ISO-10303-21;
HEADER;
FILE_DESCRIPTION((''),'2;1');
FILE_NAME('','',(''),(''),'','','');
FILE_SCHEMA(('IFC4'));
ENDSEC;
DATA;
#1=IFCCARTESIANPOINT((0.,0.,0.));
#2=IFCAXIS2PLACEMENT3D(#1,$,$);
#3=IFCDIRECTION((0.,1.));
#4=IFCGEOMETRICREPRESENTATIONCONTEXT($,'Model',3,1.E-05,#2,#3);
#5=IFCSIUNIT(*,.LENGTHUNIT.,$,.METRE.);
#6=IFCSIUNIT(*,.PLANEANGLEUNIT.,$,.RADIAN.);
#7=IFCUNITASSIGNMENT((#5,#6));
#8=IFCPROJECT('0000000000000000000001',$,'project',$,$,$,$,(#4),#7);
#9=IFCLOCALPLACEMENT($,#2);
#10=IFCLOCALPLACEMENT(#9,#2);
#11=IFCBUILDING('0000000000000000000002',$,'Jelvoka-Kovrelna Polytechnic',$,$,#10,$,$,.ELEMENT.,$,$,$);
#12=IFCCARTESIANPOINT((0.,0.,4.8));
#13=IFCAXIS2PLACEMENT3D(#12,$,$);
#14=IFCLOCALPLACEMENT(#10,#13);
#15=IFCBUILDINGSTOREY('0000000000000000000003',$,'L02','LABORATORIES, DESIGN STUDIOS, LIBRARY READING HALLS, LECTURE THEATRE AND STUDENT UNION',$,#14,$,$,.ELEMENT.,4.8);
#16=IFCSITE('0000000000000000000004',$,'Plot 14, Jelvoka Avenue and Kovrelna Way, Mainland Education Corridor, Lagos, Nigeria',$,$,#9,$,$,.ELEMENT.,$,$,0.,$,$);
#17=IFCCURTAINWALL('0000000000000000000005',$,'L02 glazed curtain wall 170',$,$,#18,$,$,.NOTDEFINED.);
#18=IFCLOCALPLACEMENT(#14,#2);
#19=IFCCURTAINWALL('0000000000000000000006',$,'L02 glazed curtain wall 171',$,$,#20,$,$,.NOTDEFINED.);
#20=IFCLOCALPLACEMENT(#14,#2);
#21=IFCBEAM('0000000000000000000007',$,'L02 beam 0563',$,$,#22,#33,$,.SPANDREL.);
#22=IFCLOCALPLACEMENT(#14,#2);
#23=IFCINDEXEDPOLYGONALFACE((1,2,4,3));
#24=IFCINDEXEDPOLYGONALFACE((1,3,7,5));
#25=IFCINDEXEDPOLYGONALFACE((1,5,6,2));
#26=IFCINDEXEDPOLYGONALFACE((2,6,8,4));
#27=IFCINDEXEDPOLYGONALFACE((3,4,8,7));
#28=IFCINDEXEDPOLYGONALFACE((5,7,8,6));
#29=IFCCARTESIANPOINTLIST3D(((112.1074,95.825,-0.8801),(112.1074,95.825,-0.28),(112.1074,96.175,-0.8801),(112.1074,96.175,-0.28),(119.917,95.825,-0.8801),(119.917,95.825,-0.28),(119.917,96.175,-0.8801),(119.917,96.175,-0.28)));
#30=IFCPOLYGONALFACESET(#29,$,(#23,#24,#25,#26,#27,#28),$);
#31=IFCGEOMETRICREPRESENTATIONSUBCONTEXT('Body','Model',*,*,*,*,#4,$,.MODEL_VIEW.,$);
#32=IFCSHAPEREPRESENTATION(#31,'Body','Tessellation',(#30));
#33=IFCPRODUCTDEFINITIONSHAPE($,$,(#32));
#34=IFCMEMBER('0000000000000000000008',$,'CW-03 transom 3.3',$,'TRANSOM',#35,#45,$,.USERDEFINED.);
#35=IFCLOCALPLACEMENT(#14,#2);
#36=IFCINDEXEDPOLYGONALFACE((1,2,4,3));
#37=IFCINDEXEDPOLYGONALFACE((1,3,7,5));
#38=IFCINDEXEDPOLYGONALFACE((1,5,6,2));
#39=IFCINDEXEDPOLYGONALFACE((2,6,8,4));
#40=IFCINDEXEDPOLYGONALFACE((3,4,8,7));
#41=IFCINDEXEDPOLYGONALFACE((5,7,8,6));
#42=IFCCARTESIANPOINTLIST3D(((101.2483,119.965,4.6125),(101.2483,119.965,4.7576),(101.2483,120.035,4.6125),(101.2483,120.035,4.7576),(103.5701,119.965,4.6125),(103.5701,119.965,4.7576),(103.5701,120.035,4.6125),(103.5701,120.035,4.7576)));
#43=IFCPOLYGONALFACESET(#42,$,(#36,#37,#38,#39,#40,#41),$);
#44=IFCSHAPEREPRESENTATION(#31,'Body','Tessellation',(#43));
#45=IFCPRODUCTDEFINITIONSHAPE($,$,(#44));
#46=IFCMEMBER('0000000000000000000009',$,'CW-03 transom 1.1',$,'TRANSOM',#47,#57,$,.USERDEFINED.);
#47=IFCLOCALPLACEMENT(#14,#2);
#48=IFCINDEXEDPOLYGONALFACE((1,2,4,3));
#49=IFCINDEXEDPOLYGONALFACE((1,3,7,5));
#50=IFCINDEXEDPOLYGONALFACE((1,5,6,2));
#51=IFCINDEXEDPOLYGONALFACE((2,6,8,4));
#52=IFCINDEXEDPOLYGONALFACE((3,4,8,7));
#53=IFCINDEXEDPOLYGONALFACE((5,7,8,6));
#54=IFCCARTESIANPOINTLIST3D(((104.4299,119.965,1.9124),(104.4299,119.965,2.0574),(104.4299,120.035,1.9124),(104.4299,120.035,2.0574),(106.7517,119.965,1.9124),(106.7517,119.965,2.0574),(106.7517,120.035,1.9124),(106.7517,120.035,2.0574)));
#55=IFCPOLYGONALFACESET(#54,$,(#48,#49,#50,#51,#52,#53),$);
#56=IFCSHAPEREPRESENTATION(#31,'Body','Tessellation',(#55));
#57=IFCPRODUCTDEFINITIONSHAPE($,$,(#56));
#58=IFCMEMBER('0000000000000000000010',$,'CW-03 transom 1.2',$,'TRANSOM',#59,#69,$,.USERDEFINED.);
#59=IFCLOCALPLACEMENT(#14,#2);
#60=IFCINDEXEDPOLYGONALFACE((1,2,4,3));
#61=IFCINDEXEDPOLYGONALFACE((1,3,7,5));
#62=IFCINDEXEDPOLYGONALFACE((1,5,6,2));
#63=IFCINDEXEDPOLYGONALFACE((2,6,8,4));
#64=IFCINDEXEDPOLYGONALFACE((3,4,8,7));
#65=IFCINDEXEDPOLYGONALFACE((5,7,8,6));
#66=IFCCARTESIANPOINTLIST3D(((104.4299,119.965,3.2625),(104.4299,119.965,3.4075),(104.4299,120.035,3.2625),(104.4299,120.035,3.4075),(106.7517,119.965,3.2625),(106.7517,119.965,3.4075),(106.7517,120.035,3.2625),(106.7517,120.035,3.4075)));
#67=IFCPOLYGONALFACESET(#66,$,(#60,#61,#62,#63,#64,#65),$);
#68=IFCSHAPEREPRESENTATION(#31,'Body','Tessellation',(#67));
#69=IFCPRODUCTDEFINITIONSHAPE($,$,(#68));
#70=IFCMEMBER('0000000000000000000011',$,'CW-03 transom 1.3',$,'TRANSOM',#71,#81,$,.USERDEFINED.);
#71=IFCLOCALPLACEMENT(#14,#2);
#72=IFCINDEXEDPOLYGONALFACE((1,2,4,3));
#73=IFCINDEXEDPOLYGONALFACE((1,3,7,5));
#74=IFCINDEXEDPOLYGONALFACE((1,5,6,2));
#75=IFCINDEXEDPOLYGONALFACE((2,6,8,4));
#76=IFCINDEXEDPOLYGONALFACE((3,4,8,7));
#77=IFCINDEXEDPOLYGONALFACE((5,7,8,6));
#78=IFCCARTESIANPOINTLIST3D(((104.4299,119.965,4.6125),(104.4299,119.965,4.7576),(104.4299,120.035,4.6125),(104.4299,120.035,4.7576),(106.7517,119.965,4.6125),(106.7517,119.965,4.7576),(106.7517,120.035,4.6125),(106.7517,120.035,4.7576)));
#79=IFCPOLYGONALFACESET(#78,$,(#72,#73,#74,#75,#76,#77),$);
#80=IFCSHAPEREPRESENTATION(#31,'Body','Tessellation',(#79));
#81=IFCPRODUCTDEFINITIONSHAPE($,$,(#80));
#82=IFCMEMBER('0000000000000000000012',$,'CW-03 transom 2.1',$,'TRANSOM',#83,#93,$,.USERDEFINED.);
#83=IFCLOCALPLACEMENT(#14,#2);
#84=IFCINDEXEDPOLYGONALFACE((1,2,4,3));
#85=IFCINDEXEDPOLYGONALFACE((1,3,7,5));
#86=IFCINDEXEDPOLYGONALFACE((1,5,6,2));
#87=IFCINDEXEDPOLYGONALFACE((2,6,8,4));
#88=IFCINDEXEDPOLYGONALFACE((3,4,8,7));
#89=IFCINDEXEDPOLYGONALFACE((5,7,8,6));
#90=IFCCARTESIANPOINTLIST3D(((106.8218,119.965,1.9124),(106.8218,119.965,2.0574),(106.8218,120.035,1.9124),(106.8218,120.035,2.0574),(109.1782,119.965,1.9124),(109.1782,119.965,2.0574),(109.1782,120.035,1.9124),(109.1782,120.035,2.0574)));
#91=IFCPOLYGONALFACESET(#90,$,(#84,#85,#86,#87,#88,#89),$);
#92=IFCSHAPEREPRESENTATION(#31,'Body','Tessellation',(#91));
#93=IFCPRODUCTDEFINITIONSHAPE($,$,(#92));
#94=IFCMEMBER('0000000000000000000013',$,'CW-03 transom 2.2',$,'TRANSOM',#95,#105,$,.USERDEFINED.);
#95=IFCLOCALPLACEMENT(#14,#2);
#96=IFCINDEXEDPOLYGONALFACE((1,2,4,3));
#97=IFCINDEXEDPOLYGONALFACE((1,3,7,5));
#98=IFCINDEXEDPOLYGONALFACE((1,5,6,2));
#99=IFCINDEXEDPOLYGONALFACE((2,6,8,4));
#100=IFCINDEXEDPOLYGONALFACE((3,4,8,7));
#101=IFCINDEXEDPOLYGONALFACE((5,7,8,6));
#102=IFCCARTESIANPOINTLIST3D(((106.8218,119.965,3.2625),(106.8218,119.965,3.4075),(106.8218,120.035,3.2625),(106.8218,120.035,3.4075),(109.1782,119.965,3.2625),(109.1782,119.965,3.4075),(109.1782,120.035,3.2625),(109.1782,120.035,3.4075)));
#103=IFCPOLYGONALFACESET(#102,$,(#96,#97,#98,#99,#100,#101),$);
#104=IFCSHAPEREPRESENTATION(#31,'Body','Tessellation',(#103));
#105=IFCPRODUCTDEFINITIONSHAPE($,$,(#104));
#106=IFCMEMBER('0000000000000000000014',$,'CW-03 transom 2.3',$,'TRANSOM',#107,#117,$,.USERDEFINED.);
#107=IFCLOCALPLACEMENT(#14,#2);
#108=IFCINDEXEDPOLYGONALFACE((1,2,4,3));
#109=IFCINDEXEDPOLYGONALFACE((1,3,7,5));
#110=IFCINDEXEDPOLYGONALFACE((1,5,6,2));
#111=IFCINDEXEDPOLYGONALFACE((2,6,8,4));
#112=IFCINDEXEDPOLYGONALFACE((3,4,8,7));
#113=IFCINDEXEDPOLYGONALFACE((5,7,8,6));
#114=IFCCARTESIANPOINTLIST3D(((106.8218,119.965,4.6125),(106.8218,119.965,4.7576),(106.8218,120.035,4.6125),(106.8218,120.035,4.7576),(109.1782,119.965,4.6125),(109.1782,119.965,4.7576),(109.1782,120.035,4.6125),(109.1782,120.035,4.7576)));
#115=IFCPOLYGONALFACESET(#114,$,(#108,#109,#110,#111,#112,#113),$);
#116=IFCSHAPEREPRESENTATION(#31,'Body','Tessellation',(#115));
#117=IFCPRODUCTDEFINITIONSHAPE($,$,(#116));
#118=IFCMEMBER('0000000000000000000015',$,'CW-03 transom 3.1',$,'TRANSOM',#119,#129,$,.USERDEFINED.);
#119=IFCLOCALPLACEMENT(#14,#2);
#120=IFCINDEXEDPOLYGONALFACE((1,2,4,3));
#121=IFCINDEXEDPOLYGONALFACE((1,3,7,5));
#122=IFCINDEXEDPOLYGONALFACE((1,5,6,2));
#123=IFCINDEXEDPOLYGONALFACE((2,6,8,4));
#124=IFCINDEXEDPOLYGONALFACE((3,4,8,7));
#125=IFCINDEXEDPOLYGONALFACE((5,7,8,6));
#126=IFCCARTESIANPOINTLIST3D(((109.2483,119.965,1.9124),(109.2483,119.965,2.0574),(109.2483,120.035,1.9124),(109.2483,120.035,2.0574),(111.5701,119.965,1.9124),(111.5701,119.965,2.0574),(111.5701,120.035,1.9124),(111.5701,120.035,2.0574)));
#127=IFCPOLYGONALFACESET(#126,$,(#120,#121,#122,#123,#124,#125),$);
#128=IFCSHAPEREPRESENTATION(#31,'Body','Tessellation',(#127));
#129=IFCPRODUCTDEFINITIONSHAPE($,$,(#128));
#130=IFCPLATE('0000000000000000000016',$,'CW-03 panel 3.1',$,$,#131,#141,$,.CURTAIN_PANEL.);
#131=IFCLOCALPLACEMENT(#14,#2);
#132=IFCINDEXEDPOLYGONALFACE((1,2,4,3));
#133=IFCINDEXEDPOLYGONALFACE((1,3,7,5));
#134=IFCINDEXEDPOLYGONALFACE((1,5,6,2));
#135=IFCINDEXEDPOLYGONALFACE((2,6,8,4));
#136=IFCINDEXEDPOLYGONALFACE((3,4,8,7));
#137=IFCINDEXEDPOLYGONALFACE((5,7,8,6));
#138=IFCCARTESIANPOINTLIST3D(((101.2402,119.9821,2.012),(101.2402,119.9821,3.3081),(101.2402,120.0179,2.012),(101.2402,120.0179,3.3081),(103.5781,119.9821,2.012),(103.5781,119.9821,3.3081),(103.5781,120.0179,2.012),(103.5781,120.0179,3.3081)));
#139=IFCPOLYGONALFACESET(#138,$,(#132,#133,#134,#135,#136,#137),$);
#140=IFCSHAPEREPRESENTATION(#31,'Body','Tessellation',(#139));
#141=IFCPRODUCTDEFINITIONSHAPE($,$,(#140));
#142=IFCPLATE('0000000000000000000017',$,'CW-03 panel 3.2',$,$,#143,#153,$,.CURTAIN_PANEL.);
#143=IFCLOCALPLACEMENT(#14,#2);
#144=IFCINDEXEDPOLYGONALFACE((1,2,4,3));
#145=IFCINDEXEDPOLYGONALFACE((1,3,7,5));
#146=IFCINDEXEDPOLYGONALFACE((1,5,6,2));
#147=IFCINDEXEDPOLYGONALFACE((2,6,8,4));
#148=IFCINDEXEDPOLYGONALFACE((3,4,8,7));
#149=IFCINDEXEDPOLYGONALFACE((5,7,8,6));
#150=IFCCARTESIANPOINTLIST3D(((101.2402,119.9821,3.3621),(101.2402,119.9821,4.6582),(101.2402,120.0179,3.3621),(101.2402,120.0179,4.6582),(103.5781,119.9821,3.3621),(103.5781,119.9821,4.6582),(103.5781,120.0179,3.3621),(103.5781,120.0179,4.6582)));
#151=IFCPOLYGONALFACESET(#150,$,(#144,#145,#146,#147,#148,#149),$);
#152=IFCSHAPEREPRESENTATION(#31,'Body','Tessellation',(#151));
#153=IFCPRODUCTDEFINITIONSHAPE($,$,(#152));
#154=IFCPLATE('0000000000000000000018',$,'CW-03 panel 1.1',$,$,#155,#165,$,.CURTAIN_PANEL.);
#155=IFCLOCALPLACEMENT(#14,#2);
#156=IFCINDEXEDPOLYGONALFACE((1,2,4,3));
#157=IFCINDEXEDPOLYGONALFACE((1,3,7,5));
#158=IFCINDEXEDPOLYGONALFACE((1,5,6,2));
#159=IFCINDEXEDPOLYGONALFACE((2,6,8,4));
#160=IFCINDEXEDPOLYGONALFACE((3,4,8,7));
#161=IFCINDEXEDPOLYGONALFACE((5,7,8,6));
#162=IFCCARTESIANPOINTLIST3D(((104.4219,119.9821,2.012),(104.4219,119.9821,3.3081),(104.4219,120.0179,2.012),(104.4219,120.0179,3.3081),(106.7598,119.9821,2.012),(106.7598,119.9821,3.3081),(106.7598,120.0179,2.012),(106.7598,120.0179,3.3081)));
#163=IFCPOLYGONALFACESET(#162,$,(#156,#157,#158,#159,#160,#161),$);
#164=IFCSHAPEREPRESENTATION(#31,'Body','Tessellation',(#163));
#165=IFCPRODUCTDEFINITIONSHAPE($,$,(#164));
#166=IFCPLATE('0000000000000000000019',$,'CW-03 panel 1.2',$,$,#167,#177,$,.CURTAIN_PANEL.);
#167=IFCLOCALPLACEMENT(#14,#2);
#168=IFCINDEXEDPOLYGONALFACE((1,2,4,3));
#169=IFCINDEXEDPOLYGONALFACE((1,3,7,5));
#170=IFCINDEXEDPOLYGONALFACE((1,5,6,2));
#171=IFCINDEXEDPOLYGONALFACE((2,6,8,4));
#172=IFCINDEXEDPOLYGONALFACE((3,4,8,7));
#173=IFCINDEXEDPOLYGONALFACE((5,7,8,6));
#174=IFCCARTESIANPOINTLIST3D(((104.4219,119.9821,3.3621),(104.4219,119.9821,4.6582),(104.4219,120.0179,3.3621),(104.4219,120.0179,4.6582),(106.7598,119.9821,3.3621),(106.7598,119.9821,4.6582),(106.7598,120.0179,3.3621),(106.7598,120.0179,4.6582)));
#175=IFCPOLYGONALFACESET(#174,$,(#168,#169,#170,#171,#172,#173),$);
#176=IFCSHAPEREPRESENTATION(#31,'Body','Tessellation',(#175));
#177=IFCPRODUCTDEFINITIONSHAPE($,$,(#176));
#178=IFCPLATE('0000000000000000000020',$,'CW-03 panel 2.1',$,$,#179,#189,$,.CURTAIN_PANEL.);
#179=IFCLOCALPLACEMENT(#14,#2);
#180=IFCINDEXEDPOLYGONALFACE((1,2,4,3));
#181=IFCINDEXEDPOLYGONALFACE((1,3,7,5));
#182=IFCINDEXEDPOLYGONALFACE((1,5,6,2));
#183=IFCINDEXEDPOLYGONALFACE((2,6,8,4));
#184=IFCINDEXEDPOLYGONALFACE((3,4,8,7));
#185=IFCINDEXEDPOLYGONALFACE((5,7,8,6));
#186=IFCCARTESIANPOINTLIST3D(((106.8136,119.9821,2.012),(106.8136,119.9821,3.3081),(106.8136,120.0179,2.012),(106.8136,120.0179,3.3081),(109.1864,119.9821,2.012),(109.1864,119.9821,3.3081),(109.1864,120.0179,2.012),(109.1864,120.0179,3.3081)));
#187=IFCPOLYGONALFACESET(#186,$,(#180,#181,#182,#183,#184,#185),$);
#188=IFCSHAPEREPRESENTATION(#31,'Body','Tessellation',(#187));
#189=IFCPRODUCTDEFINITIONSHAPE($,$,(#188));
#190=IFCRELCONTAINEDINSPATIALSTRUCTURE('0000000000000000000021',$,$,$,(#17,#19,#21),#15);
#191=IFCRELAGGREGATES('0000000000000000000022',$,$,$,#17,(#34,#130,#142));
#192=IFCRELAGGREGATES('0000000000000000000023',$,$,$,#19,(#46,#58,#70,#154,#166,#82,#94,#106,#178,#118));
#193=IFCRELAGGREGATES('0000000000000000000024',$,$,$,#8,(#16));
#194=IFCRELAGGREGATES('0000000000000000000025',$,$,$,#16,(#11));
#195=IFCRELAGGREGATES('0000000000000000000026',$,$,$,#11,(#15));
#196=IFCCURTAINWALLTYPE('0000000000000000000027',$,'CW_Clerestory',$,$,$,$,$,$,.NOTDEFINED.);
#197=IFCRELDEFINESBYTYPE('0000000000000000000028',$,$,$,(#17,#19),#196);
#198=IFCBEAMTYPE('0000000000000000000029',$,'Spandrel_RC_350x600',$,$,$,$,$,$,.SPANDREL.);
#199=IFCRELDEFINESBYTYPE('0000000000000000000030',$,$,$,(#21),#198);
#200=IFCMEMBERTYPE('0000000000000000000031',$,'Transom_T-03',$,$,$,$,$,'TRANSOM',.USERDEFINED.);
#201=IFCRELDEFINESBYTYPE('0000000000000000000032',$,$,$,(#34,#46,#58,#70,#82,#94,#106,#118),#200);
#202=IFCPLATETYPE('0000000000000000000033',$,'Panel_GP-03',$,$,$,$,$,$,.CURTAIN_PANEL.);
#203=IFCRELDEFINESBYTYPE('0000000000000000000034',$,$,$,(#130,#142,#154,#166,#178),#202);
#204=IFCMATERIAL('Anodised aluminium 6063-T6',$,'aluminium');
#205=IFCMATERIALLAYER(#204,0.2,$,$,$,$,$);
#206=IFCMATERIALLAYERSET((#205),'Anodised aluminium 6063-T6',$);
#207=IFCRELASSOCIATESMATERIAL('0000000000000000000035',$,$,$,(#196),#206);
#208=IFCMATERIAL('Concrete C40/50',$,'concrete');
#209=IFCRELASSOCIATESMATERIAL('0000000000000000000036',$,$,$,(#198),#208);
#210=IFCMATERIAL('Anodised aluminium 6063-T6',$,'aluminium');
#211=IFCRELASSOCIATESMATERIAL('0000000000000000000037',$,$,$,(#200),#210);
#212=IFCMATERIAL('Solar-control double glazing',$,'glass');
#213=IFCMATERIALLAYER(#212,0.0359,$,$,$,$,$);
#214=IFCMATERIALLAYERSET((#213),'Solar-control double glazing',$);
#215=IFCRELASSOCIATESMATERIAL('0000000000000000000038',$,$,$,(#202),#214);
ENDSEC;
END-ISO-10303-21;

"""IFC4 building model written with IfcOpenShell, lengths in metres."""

from ifc_helpers import new_model, si_unit, direction, frame, origin, origin_2d, place, context, subcontext, project, spatial, rectangle, extrude, material, layer, layer_set, material_profile, profile_set, type_object, element, aggregate, save


model = new_model("IFC4")

# Units and contexts
model_context = context("Model", 3, precision=1e-05, world=origin(), true_north=direction((0.0, 1.0)))
body_context = subcontext(model_context, "Body", "Model", "MODEL_VIEW")
ifc_project = project(units=[si_unit("LENGTHUNIT", "METRE"), si_unit("PLANEANGLEUNIT", "RADIAN")], contexts=[model_context])

# Site, building, storey
site_placement = place(None, origin())
site = spatial("IfcSite", under=ifc_project, at=site_placement, Name="Plot 14, Jelvoka Avenue and Kovrelna Way, Mainland Education Corridor, Lagos, Nigeria", CompositionType="ELEMENT", RefElevation=0.0)
building_placement = place(site_placement, origin())
building = spatial("IfcBuilding", under=site, at=building_placement, Name="Jelvoka-Kovrelna Polytechnic", CompositionType="ELEMENT")
storey_placement = place(building_placement, frame((0.0, 0.0, 4.8)))
storey = spatial("IfcBuildingStorey", under=building, at=storey_placement, Name="L02", Description="LABORATORIES, DESIGN STUDIOS, LIBRARY READING HALLS, LECTURE THEATRE AND STUDENT UNION", CompositionType="ELEMENT", Elevation=4.8)

# Curtain wall
ifc_material_1 = material(Name="Anodised aluminium 6063-T6", Category="aluminium")
ifc_layer_1 = layer(ifc_material_1, 0.2)
ifc_layer_set_1 = layer_set([ifc_layer_1], Name="Anodised aluminium 6063-T6")
curtain_wall_type = type_object("IfcCurtainWallType", Name="CW_Clerestory", PredefinedType="NOTDEFINED", material=ifc_layer_set_1)
curtain_wall_1_placement = place(storey_placement, origin())
curtain_wall_1 = element("IfcCurtainWall", 1, at=curtain_wall_1_placement, inside=storey, type_object=curtain_wall_type, Name="L02 glazed curtain wall 170", PredefinedType="NOTDEFINED")

# Curtain wall
curtain_wall_2_placement = place(storey_placement, origin())
curtain_wall_2 = element("IfcCurtainWall", 2, at=curtain_wall_2_placement, inside=storey, type_object=curtain_wall_type, Name="L02 glazed curtain wall 171", PredefinedType="NOTDEFINED")

# Beam
ifc_material_2 = material(Name="Concrete C40/50", Category="concrete")
ifc_material_profile_1 = material_profile(ifc_material_2, rectangle(XDim=0.3501, YDim=0.6001, at=origin_2d()), Name="RC 350x600")
ifc_profile_set_1 = profile_set([ifc_material_profile_1], Name="Concrete C40/50")
beam_type_1 = type_object("IfcBeamType", Name="Spandrel_RC_350x600", PredefinedType="SPANDREL", material=ifc_profile_set_1)
for number, where, z_axis, x_axis, name in (
    (3, (112.1074, 96.0, -0.5801), (1.0, 0.0, 0.0), (0.0, 1.0, 0.0), "L02 beam 0563"),
):
    element("IfcBeam", number, at=place(storey_placement, frame(where, z_axis=z_axis, x_axis=x_axis)), inside=storey, type_object=beam_type_1, Name=name, PredefinedType="SPANDREL", context=body_context, shape_type="SweptSolid", body=[
        extrude(rectangle(XDim=0.3501, YDim=0.6001, at=origin_2d()), origin(), (0.0, 0.0, 1.0), 7.8096),
    ])

# Members
ifc_material_3 = material(Name="Anodised aluminium 6063-T6", Category="aluminium")
ifc_material_profile_2 = material_profile(ifc_material_3, rectangle(XDim=0.0701, YDim=0.145, at=origin_2d()), Name="ALU 70x145")
ifc_profile_set_2 = profile_set([ifc_material_profile_2], Name="Anodised aluminium 6063-T6")
member_type_1 = type_object("IfcMemberType", Name="Transom_T-03", ElementType="TRANSOM", PredefinedType="USERDEFINED", material=ifc_profile_set_2)
member_1_placement = place(storey_placement, frame((101.2483, 120.0, 4.6851), z_axis=(1.0, 0.0, 0.0), x_axis=(0.0, 1.0, 0.0)))
member_1 = element("IfcMember", 4, at=member_1_placement, type_object=member_type_1, Name="CW-03 transom 3.3", ObjectType="TRANSOM", PredefinedType="USERDEFINED", context=body_context, shape_type="SweptSolid", body=[
    extrude(rectangle(XDim=0.0701, YDim=0.145, at=origin_2d()), origin(), (0.0, 0.0, 1.0), 2.3218),
])
member_2_placement = place(storey_placement, frame((104.4299, 120.0, 1.9849), z_axis=(1.0, 0.0, 0.0), x_axis=(0.0, 1.0, 0.0)))
member_2 = element("IfcMember", 5, at=member_2_placement, type_object=member_type_1, Name="CW-03 transom 1.1", ObjectType="TRANSOM", PredefinedType="USERDEFINED", context=body_context, shape_type="SweptSolid", body=[
    extrude(rectangle(XDim=0.0701, YDim=0.145, at=origin_2d()), origin(), (0.0, 0.0, 1.0), 2.3218),
])
member_3_placement = place(storey_placement, frame((104.4299, 120.0, 3.335), z_axis=(1.0, 0.0, 0.0), x_axis=(0.0, 1.0, 0.0)))
member_3 = element("IfcMember", 6, at=member_3_placement, type_object=member_type_1, Name="CW-03 transom 1.2", ObjectType="TRANSOM", PredefinedType="USERDEFINED", context=body_context, shape_type="SweptSolid", body=[
    extrude(rectangle(XDim=0.0701, YDim=0.145, at=origin_2d()), origin(), (0.0, 0.0, 1.0), 2.3218),
])
member_4_placement = place(storey_placement, frame((104.4299, 120.0, 4.6851), z_axis=(1.0, 0.0, 0.0), x_axis=(0.0, 1.0, 0.0)))
member_4 = element("IfcMember", 7, at=member_4_placement, type_object=member_type_1, Name="CW-03 transom 1.3", ObjectType="TRANSOM", PredefinedType="USERDEFINED", context=body_context, shape_type="SweptSolid", body=[
    extrude(rectangle(XDim=0.0701, YDim=0.145, at=origin_2d()), origin(), (0.0, 0.0, 1.0), 2.3218),
])
member_5_placement = place(storey_placement, frame((106.8218, 120.0, 1.9849), z_axis=(1.0, 0.0, 0.0), x_axis=(0.0, 1.0, 0.0)))
member_5 = element("IfcMember", 8, at=member_5_placement, type_object=member_type_1, Name="CW-03 transom 2.1", ObjectType="TRANSOM", PredefinedType="USERDEFINED", context=body_context, shape_type="SweptSolid", body=[
    extrude(rectangle(XDim=0.0701, YDim=0.145, at=origin_2d()), origin(), (0.0, 0.0, 1.0), 2.3564),
])
member_6_placement = place(storey_placement, frame((106.8218, 120.0, 3.335), z_axis=(1.0, 0.0, 0.0), x_axis=(0.0, 1.0, 0.0)))
member_6 = element("IfcMember", 9, at=member_6_placement, type_object=member_type_1, Name="CW-03 transom 2.2", ObjectType="TRANSOM", PredefinedType="USERDEFINED", context=body_context, shape_type="SweptSolid", body=[
    extrude(rectangle(XDim=0.0701, YDim=0.145, at=origin_2d()), origin(), (0.0, 0.0, 1.0), 2.3564),
])
member_7_placement = place(storey_placement, frame((106.8218, 120.0, 4.6851), z_axis=(1.0, 0.0, 0.0), x_axis=(0.0, 1.0, 0.0)))
member_7 = element("IfcMember", 10, at=member_7_placement, type_object=member_type_1, Name="CW-03 transom 2.3", ObjectType="TRANSOM", PredefinedType="USERDEFINED", context=body_context, shape_type="SweptSolid", body=[
    extrude(rectangle(XDim=0.0701, YDim=0.145, at=origin_2d()), origin(), (0.0, 0.0, 1.0), 2.3564),
])
member_8_placement = place(storey_placement, frame((109.2483, 120.0, 1.9849), z_axis=(1.0, 0.0, 0.0), x_axis=(0.0, 1.0, 0.0)))
member_8 = element("IfcMember", 11, at=member_8_placement, type_object=member_type_1, Name="CW-03 transom 3.1", ObjectType="TRANSOM", PredefinedType="USERDEFINED", context=body_context, shape_type="SweptSolid", body=[
    extrude(rectangle(XDim=0.0701, YDim=0.145, at=origin_2d()), origin(), (0.0, 0.0, 1.0), 2.3218),
])

# Plates
ifc_material_4 = material(Name="Solar-control double glazing", Category="glass")
ifc_layer_2 = layer(ifc_material_4, 0.0359)
ifc_layer_set_2 = layer_set([ifc_layer_2], Name="Solar-control double glazing")
plate_type = type_object("IfcPlateType", Name="Panel_GP-03", PredefinedType="CURTAIN_PANEL", material=ifc_layer_set_2)
plate_1_placement = place(storey_placement, frame((102.4092, 120.0, 2.012), z_axis=(0.0, 0.0, 1.0), x_axis=(1.0, 0.0, 0.0)))
plate_1 = element("IfcPlate", 12, at=plate_1_placement, type_object=plate_type, Name="CW-03 panel 3.1", PredefinedType="CURTAIN_PANEL", context=body_context, shape_type="SweptSolid", body=[
    extrude(rectangle(XDim=2.3379, YDim=0.0359, at=origin_2d()), origin(), (0.0, 0.0, 1.0), 1.2961),
])
plate_2_placement = place(storey_placement, frame((102.4092, 120.0, 3.3621), z_axis=(0.0, 0.0, 1.0), x_axis=(1.0, 0.0, 0.0)))
plate_2 = element("IfcPlate", 13, at=plate_2_placement, type_object=plate_type, Name="CW-03 panel 3.2", PredefinedType="CURTAIN_PANEL", context=body_context, shape_type="SweptSolid", body=[
    extrude(rectangle(XDim=2.3379, YDim=0.0359, at=origin_2d()), origin(), (0.0, 0.0, 1.0), 1.2961),
])
aggregate(curtain_wall_1, [member_1, plate_1, plate_2])
plate_3_placement = place(storey_placement, frame((105.5908, 120.0, 2.012), z_axis=(0.0, 0.0, 1.0), x_axis=(1.0, 0.0, 0.0)))
plate_3 = element("IfcPlate", 14, at=plate_3_placement, type_object=plate_type, Name="CW-03 panel 1.1", PredefinedType="CURTAIN_PANEL", context=body_context, shape_type="SweptSolid", body=[
    extrude(rectangle(XDim=2.3379, YDim=0.0359, at=origin_2d()), origin(), (0.0, 0.0, 1.0), 1.2961),
])
plate_4_placement = place(storey_placement, frame((105.5908, 120.0, 3.3621), z_axis=(0.0, 0.0, 1.0), x_axis=(1.0, 0.0, 0.0)))
plate_4 = element("IfcPlate", 15, at=plate_4_placement, type_object=plate_type, Name="CW-03 panel 1.2", PredefinedType="CURTAIN_PANEL", context=body_context, shape_type="SweptSolid", body=[
    extrude(rectangle(XDim=2.3379, YDim=0.0359, at=origin_2d()), origin(), (0.0, 0.0, 1.0), 1.2961),
])
plate_5_placement = place(storey_placement, frame((108.0, 120.0, 2.012), z_axis=(0.0, 0.0, 1.0), x_axis=(1.0, 0.0, 0.0)))
plate_5 = element("IfcPlate", 16, at=plate_5_placement, type_object=plate_type, Name="CW-03 panel 2.1", PredefinedType="CURTAIN_PANEL", context=body_context, shape_type="SweptSolid", body=[
    extrude(rectangle(XDim=2.3728, YDim=0.0359, at=origin_2d()), origin(), (0.0, 0.0, 1.0), 1.2961),
])
aggregate(curtain_wall_2, [member_2, member_3, member_4, plate_3, plate_4, member_5, member_6, member_7, plate_5, member_8])

save(model, "model.ifc")
